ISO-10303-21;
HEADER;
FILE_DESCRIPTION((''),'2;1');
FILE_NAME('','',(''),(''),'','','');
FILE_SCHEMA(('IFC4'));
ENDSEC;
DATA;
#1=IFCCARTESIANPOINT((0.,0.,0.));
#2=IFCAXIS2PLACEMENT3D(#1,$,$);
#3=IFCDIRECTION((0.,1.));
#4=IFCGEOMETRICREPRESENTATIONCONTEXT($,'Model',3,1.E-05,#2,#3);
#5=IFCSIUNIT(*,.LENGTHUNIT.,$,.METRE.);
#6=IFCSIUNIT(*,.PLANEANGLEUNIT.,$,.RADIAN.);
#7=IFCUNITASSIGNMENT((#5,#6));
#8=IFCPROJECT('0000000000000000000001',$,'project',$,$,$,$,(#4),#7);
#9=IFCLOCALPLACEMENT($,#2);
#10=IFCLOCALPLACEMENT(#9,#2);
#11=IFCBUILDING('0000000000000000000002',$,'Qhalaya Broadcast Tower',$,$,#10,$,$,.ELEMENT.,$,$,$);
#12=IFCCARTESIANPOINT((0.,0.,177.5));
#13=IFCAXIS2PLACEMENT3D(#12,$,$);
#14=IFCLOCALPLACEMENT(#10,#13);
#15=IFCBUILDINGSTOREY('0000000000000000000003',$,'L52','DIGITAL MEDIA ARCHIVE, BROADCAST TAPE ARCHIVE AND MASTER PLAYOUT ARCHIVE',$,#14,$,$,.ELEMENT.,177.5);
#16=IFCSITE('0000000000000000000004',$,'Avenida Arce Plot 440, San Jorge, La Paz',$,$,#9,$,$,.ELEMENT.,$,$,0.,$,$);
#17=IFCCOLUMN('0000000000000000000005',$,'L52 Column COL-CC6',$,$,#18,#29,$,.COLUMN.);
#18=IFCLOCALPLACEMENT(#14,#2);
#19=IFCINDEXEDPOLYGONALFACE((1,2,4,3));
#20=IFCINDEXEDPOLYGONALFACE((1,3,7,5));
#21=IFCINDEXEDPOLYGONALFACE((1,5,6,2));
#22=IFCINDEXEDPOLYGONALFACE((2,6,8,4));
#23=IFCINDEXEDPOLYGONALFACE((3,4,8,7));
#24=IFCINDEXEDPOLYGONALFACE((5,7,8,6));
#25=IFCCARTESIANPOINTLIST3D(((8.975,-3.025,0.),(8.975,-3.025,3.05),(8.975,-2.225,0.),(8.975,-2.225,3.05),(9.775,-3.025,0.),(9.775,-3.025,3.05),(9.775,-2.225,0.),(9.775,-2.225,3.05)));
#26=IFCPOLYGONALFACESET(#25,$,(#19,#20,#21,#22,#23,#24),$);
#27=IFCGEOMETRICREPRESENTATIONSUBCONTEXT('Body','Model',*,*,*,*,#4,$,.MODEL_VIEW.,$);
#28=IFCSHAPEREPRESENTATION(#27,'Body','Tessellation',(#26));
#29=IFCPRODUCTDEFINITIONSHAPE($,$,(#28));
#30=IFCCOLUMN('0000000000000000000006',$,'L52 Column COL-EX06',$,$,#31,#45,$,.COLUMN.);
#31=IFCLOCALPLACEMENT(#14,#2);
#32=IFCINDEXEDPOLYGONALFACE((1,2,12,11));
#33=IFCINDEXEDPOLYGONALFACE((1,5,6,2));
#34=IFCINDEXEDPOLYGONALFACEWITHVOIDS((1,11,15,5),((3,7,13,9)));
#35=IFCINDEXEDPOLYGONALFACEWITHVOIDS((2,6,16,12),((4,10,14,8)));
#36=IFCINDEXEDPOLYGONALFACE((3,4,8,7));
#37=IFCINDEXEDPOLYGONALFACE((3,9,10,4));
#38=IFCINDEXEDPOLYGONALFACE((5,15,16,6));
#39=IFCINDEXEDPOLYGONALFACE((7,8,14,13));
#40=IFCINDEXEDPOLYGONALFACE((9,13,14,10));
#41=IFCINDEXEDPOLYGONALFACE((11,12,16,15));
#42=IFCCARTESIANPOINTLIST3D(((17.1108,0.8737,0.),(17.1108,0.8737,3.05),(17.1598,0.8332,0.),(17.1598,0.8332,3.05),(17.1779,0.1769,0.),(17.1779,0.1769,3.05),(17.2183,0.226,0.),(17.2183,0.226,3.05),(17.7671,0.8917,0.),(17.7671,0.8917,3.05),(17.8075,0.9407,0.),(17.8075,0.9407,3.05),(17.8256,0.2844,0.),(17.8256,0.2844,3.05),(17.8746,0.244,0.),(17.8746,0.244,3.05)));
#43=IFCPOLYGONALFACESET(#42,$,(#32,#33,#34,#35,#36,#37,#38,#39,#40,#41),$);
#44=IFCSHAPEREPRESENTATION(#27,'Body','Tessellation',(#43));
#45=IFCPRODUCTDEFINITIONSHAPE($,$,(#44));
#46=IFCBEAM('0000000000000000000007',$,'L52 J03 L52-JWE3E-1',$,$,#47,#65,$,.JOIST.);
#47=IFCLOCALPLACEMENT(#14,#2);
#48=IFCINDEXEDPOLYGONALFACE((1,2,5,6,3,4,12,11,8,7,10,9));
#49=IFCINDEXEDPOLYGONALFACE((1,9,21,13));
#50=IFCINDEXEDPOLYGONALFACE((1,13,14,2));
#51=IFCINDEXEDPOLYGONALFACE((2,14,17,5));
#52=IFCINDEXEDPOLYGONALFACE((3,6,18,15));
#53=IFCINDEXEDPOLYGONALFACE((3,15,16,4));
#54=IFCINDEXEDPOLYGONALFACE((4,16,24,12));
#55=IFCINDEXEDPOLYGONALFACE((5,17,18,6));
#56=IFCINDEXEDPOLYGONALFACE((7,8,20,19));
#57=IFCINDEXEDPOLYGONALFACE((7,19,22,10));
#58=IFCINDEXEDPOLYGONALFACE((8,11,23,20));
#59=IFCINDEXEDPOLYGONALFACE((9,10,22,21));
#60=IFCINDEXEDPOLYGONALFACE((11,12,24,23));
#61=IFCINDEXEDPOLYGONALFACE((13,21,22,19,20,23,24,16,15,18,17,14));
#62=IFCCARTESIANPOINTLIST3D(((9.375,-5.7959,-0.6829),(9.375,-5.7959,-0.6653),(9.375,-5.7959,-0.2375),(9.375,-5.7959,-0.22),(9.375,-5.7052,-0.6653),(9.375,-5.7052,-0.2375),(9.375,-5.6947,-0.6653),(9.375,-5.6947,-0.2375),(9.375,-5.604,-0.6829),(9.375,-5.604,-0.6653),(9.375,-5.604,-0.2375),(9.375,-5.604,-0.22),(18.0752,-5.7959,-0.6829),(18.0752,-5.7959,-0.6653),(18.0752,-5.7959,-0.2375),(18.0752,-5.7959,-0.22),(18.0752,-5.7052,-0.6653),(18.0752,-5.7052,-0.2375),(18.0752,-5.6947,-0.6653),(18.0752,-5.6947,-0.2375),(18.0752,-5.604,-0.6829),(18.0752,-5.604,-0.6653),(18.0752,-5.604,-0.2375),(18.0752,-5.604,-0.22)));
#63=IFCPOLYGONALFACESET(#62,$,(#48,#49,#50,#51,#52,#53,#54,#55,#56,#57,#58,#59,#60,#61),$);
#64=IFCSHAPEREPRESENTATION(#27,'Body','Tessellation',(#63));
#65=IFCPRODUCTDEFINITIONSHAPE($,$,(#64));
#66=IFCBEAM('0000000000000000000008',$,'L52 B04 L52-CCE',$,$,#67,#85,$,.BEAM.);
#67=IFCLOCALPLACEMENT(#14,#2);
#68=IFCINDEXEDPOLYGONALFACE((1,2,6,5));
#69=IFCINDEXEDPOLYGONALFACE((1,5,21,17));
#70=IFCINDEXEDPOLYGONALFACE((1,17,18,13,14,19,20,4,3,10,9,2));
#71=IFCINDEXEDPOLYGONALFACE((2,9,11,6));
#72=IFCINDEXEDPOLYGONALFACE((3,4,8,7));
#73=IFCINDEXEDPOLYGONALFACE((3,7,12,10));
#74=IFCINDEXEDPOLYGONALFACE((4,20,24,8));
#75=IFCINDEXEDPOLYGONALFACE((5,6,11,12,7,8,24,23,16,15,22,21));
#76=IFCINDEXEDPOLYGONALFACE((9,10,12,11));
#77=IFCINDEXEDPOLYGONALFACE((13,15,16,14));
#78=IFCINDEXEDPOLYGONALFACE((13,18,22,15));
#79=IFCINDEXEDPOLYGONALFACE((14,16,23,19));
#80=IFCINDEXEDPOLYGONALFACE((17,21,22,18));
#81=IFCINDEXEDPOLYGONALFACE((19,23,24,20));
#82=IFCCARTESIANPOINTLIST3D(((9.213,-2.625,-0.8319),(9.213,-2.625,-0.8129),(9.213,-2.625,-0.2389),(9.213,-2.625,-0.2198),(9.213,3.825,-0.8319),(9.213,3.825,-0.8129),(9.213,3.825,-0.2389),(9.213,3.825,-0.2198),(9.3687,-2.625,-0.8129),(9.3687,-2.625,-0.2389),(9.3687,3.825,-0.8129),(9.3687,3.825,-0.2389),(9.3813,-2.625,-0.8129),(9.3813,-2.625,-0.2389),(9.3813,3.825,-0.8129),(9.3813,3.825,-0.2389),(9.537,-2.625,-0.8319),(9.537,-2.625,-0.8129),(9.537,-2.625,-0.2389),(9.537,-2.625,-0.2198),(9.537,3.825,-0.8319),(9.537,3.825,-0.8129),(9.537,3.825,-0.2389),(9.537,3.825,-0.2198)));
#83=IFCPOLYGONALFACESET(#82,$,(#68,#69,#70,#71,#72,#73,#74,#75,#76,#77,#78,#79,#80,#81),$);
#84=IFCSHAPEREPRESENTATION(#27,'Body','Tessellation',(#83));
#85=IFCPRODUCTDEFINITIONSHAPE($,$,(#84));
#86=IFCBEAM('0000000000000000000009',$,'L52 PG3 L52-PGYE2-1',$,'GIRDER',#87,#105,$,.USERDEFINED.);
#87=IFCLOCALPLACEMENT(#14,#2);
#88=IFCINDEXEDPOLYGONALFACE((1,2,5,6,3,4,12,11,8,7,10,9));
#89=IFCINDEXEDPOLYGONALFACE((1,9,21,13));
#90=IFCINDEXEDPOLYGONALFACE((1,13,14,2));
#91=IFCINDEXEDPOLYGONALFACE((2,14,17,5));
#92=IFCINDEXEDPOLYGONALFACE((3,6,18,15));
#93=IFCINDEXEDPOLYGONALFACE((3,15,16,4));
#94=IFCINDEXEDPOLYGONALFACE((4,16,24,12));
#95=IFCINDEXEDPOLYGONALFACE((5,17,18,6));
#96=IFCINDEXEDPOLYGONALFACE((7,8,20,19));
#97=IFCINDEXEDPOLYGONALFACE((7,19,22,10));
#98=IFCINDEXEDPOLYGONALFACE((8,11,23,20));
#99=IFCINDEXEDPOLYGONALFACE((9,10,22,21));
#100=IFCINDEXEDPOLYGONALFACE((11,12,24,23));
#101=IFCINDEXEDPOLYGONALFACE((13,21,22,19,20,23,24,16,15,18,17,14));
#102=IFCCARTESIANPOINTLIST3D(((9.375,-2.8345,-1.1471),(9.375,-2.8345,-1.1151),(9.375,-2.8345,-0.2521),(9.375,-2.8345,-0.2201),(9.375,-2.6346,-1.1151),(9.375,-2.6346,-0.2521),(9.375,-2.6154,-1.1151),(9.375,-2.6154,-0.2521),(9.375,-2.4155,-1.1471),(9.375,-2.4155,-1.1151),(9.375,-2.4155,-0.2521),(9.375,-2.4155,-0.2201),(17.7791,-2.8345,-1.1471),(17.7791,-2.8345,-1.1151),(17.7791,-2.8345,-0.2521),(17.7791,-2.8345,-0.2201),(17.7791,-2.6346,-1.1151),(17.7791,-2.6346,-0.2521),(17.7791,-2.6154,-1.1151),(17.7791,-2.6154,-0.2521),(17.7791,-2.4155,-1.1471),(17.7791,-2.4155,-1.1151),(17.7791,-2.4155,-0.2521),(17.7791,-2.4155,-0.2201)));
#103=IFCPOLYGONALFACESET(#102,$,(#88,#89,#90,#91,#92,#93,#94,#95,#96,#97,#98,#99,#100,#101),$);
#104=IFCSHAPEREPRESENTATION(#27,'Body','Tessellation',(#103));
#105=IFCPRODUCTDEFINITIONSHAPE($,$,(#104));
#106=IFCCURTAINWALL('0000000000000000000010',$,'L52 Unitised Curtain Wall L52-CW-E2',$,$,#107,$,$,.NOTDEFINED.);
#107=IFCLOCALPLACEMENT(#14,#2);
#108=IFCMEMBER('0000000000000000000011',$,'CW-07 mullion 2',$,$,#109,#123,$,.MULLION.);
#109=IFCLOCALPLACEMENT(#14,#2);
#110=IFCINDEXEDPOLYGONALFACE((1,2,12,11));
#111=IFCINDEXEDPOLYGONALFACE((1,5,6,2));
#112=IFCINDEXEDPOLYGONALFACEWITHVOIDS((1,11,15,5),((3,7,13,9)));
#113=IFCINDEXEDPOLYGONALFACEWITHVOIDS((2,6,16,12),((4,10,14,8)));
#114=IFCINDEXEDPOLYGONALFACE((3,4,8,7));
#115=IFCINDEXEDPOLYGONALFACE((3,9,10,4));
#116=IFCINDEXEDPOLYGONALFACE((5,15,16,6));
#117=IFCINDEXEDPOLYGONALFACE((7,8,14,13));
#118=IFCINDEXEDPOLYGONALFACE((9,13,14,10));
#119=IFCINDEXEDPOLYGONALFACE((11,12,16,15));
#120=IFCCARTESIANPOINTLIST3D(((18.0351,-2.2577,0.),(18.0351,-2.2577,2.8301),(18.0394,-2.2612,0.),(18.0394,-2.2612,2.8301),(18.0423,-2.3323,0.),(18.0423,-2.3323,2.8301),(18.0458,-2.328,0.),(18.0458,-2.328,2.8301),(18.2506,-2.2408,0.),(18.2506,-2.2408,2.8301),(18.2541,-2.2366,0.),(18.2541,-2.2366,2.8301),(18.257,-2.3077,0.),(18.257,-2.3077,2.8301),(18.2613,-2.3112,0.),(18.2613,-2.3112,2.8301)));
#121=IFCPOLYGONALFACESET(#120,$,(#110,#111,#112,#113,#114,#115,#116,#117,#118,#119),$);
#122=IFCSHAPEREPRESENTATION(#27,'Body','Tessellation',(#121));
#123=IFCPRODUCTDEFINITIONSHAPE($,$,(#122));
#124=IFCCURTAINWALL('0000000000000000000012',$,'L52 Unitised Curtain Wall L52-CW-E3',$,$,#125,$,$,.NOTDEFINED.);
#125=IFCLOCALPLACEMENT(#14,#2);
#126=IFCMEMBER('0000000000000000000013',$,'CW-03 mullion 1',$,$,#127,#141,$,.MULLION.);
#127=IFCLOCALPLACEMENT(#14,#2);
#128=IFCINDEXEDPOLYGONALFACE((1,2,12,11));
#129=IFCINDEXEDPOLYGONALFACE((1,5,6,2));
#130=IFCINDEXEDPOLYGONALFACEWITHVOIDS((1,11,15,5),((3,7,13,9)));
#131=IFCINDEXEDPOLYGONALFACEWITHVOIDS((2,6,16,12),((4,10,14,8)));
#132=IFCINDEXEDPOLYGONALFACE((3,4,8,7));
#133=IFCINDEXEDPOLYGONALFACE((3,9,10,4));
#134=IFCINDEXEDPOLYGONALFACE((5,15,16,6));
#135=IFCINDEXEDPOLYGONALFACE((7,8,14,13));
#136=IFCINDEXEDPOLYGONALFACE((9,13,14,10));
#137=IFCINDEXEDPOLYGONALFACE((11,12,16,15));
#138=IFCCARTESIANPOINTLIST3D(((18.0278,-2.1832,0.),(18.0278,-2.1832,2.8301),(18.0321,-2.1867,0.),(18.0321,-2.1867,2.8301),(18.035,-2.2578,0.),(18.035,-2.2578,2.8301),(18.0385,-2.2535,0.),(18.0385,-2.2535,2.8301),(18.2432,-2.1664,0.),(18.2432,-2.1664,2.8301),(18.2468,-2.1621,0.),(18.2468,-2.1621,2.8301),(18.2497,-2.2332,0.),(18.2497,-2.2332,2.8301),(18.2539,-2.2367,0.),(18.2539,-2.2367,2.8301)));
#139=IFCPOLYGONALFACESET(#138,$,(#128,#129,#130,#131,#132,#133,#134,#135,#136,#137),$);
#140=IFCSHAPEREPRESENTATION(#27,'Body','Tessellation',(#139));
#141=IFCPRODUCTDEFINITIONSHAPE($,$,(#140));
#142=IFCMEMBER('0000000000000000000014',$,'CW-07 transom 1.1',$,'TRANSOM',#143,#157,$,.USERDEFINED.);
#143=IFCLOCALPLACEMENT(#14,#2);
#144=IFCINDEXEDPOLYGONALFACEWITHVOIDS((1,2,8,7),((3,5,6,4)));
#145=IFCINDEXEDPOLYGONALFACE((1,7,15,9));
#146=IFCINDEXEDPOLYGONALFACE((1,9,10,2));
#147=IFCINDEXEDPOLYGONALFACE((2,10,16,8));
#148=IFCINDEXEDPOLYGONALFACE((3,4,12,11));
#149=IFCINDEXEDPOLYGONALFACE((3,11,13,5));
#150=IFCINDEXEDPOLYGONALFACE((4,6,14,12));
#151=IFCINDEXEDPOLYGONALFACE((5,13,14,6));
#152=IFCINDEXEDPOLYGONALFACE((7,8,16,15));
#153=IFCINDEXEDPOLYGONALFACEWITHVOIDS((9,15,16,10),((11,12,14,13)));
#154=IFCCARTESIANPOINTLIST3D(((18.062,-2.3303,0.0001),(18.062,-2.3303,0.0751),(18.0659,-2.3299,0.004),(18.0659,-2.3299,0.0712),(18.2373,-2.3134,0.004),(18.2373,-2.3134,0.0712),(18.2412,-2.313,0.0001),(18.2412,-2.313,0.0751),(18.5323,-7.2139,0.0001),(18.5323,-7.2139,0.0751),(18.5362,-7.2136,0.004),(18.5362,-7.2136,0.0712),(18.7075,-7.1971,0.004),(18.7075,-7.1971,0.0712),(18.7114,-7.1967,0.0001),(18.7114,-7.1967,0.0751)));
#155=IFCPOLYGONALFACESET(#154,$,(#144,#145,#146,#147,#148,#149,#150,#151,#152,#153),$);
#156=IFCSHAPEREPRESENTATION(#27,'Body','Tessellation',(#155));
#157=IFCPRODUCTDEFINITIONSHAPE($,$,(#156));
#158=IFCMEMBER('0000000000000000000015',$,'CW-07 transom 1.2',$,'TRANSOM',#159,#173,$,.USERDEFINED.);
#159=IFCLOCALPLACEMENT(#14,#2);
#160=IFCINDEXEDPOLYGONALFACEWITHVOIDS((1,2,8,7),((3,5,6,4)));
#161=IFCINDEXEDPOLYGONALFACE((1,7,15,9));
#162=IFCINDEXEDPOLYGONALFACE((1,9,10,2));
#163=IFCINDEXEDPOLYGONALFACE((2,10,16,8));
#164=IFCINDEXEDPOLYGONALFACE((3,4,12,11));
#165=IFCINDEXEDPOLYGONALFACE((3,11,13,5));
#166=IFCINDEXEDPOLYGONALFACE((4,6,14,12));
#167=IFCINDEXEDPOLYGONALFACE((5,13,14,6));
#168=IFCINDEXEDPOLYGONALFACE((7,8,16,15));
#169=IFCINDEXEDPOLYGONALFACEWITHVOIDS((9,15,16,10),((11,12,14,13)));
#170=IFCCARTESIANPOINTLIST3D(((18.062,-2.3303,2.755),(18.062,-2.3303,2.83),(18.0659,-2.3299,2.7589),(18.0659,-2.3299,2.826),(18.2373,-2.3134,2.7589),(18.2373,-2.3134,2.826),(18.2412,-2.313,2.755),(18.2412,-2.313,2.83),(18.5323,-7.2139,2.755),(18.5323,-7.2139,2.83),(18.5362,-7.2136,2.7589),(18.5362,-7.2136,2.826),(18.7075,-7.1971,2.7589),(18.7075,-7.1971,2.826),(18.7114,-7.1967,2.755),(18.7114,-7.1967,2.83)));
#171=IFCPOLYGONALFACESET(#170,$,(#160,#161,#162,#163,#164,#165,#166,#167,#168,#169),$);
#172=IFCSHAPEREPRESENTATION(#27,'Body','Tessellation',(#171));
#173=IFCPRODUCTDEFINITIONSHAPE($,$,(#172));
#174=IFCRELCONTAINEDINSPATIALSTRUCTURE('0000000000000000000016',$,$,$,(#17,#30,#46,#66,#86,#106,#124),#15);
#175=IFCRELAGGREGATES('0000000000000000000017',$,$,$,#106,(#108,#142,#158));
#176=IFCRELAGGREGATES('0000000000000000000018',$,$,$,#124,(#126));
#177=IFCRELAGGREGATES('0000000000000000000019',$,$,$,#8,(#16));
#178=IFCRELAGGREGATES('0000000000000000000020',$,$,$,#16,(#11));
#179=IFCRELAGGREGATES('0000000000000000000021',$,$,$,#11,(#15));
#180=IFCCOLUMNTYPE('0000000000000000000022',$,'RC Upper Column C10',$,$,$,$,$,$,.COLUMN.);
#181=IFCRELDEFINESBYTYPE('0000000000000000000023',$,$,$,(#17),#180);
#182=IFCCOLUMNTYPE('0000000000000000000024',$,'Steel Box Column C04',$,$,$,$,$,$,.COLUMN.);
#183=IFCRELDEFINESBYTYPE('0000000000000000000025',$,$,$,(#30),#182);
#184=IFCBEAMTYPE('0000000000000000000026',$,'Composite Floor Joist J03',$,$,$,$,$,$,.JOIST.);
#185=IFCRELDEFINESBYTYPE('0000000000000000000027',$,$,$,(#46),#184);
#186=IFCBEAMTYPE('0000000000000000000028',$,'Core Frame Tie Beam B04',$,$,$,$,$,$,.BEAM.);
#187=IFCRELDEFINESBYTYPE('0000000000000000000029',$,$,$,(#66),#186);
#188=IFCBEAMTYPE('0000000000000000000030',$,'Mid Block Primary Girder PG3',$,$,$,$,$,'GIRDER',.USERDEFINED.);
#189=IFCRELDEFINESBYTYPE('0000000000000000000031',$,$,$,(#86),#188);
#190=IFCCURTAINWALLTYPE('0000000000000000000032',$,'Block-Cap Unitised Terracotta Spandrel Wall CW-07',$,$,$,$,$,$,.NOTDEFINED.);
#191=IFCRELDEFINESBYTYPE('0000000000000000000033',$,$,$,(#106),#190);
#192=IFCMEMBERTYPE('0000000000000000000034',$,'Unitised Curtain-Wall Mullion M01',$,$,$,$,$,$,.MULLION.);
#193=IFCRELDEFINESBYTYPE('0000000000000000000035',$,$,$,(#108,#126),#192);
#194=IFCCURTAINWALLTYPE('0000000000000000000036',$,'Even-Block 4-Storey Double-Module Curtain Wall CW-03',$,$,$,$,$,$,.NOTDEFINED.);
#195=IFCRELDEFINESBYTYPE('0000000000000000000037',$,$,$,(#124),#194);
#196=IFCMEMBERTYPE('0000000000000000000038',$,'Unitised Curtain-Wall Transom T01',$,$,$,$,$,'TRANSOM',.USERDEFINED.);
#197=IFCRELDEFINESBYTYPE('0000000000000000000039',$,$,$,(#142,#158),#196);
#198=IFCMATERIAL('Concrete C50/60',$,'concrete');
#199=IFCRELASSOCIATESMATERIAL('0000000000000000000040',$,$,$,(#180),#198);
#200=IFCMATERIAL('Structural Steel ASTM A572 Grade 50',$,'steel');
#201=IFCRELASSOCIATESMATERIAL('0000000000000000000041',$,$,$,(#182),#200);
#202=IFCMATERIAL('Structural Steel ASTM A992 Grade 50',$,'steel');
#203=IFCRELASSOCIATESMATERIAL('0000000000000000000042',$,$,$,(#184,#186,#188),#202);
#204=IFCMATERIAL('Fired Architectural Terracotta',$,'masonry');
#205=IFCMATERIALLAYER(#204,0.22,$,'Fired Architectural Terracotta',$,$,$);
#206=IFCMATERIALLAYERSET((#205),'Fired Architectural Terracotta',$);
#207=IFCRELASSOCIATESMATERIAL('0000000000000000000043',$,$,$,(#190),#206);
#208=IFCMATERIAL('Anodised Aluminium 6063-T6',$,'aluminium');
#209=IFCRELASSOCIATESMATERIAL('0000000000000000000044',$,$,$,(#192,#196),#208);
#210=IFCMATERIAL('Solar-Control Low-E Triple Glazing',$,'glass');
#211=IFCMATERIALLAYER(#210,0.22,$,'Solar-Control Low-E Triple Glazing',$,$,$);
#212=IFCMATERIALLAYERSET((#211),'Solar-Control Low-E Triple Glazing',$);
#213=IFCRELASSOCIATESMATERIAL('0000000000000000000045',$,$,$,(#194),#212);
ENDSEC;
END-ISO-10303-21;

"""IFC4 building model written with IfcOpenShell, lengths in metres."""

from ifc_helpers import new_model, si_unit, direction, frame, origin, origin_2d, place, context, subcontext, project, spatial, rectangle, hollow_rectangle, i_section, extrude, material, layer, layer_set, material_profile, profile_set, type_object, element, aggregate, save


model = new_model("IFC4")

# Units and contexts
model_context = context("Model", 3, precision=1e-05, world=origin(), true_north=direction((0.0, 1.0)))
body_context = subcontext(model_context, "Body", "Model", "MODEL_VIEW")
ifc_project = project(units=[si_unit("LENGTHUNIT", "METRE"), si_unit("PLANEANGLEUNIT", "RADIAN")], contexts=[model_context])

# Site, building, storey
site_placement = place(None, origin())
site = spatial("IfcSite", under=ifc_project, at=site_placement, Name="Avenida Arce Plot 440, San Jorge, La Paz", CompositionType="ELEMENT", RefElevation=0.0)
building_placement = place(site_placement, origin())
building = spatial("IfcBuilding", under=site, at=building_placement, Name="Qhalaya Broadcast Tower", CompositionType="ELEMENT")
storey_placement = place(building_placement, frame((0.0, 0.0, 177.5)))
storey = spatial("IfcBuildingStorey", under=building, at=storey_placement, Name="L52", Description="DIGITAL MEDIA ARCHIVE, BROADCAST TAPE ARCHIVE AND MASTER PLAYOUT ARCHIVE", CompositionType="ELEMENT", Elevation=177.5)

# Columns
ifc_material_1 = material(Name="Concrete C50/60", Category="concrete")
ifc_material_profile_1 = material_profile(ifc_material_1, rectangle(XDim=0.8, YDim=0.8, at=origin_2d()), Name="RC-COL 800x800")
ifc_profile_set_1 = profile_set([ifc_material_profile_1], Name="Concrete C50/60")
column_type_1 = type_object("IfcColumnType", Name="RC Upper Column C10", PredefinedType="COLUMN", material=ifc_profile_set_1)
column_1_placement = place(storey_placement, frame((9.375, -2.625, 0.0), z_axis=(0.0, 0.0, 1.0), x_axis=(1.0, 0.0, 0.0)))
element("IfcColumn", 1, at=column_1_placement, inside=storey, type_object=column_type_1, Name="L52 Column COL-CC6", PredefinedType="COLUMN", context=body_context, shape_type="SweptSolid", body=[
    extrude(rectangle(XDim=0.8, YDim=0.8, at=origin_2d()), origin(), (0.0, 0.0, 1.0), 3.05),
])
ifc_material_2 = material(Name="Structural Steel ASTM A572 Grade 50", Category="steel")
ifc_material_profile_2 = material_profile(ifc_material_2, hollow_rectangle(XDim=0.7, YDim=0.7, WallThickness=0.0449, at=origin_2d()), Name="BOX 700x700x45")
ifc_profile_set_2 = profile_set([ifc_material_profile_2], Name="Structural Steel ASTM A572 Grade 50")
column_type_2 = type_object("IfcColumnType", Name="Steel Box Column C04", PredefinedType="COLUMN", material=ifc_profile_set_2)
column_2_placement = place(storey_placement, frame((17.4927, 0.5588, 0.0), z_axis=(0.0, 0.0, 1.0), x_axis=(-0.095846, 0.995396, 0.0)))
element("IfcColumn", 2, at=column_2_placement, inside=storey, type_object=column_type_2, Name="L52 Column COL-EX06", PredefinedType="COLUMN", context=body_context, shape_type="SweptSolid", body=[
    extrude(hollow_rectangle(XDim=0.7, YDim=0.7, WallThickness=0.0449, at=origin_2d()), origin(), (0.0, 0.0, 1.0), 3.05),
])

# Beams
ifc_material_3 = material(Name="Structural Steel ASTM A992 Grade 50", Category="steel")
ifc_material_profile_3 = material_profile(ifc_material_3, i_section(OverallWidth=0.1919, OverallDepth=0.4629, WebThickness=0.0105, FlangeThickness=0.0176, at=origin_2d()), Name="W18X60")
ifc_profile_set_3 = profile_set([ifc_material_profile_3], Name="Structural Steel ASTM A992 Grade 50")
beam_type_1 = type_object("IfcBeamType", Name="Composite Floor Joist J03", PredefinedType="JOIST", material=ifc_profile_set_3)
beam_1_placement = place(storey_placement, frame((9.375, -5.7, -0.4514), z_axis=(1.0, 0.0, 0.0), x_axis=(0.0, 1.0, 0.0)))
element("IfcBeam", 3, at=beam_1_placement, inside=storey, type_object=beam_type_1, Name="L52 J03 L52-JWE3E-1", PredefinedType="JOIST", context=body_context, shape_type="SweptSolid", body=[
    extrude(i_section(OverallWidth=0.1919, OverallDepth=0.4629, WebThickness=0.0105, FlangeThickness=0.0176, at=origin_2d()), origin(), (0.0, 0.0, 1.0), 8.7002),
])
ifc_material_profile_4 = material_profile(ifc_material_3, i_section(OverallWidth=0.324, OverallDepth=0.6121, WebThickness=0.0127, FlangeThickness=0.019, at=origin_2d()), Name="W24X104")
ifc_profile_set_4 = profile_set([ifc_material_profile_4], Name="Structural Steel ASTM A992 Grade 50")
beam_type_2 = type_object("IfcBeamType", Name="Core Frame Tie Beam B04", PredefinedType="BEAM", material=ifc_profile_set_4)
beam_2_placement = place(storey_placement, frame((9.375, -2.625, -0.5259), z_axis=(0.0, 1.0, 0.0), x_axis=(-1.0, 0.0, 0.0)))
element("IfcBeam", 4, at=beam_2_placement, inside=storey, type_object=beam_type_2, Name="L52 B04 L52-CCE", PredefinedType="BEAM", context=body_context, shape_type="SweptSolid", body=[
    extrude(i_section(OverallWidth=0.324, OverallDepth=0.6121, WebThickness=0.0127, FlangeThickness=0.019, at=origin_2d()), origin(), (0.0, 0.0, 1.0), 6.45),
])
ifc_material_profile_5 = material_profile(ifc_material_3, i_section(OverallWidth=0.4189, OverallDepth=0.927, WebThickness=0.0193, FlangeThickness=0.032, at=origin_2d()), Name="W36X231")
ifc_profile_set_5 = profile_set([ifc_material_profile_5], Name="Structural Steel ASTM A992 Grade 50")
beam_type_3 = type_object("IfcBeamType", Name="Mid Block Primary Girder PG3", ElementType="GIRDER", PredefinedType="USERDEFINED", material=ifc_profile_set_5)
beam_3_placement = place(storey_placement, frame((9.375, -2.625, -0.6836), z_axis=(1.0, 0.0, 0.0), x_axis=(0.0, 1.0, 0.0)))
element("IfcBeam", 5, at=beam_3_placement, inside=storey, type_object=beam_type_3, Name="L52 PG3 L52-PGYE2-1", ObjectType="GIRDER", PredefinedType="USERDEFINED", context=body_context, shape_type="SweptSolid", body=[
    extrude(i_section(OverallWidth=0.4189, OverallDepth=0.927, WebThickness=0.0193, FlangeThickness=0.032, at=origin_2d()), origin(), (0.0, 0.0, 1.0), 8.4041),
])

# Curtain walls, members
ifc_material_4 = material(Name="Fired Architectural Terracotta", Category="masonry")
ifc_layer_1 = layer(ifc_material_4, 0.22, Name="Fired Architectural Terracotta")
ifc_layer_set_1 = layer_set([ifc_layer_1], Name="Fired Architectural Terracotta")
curtain_wall_type_1 = type_object("IfcCurtainWallType", Name="Block-Cap Unitised Terracotta Spandrel Wall CW-07", PredefinedType="NOTDEFINED", material=ifc_layer_set_1)
curtain_wall_1_placement = place(storey_placement, origin())
curtain_wall_1 = element("IfcCurtainWall", 6, at=curtain_wall_1_placement, inside=storey, type_object=curtain_wall_type_1, Name="L52 Unitised Curtain Wall L52-CW-E2", PredefinedType="NOTDEFINED")
ifc_material_5 = material(Name="Anodised Aluminium 6063-T6", Category="aluminium")
ifc_material_profile_6 = material_profile(ifc_material_5, hollow_rectangle(XDim=0.075, YDim=0.22, WallThickness=0.0039, at=origin_2d()), Name="ALU-MUL 75x220x4")
ifc_profile_set_6 = profile_set([ifc_material_profile_6], Name="Anodised Aluminium 6063-T6")
member_type_1 = type_object("IfcMemberType", Name="Unitised Curtain-Wall Mullion M01", PredefinedType="MULLION", material=ifc_profile_set_6)
member_1_placement = place(storey_placement, frame((18.1482, -2.2844, 0.0), z_axis=(0.0, 0.0, 1.0), x_axis=(-0.095845, 0.995396, 0.0)))
member_1 = element("IfcMember", 7, at=member_1_placement, type_object=member_type_1, Name="CW-07 mullion 2", PredefinedType="MULLION", context=body_context, shape_type="SweptSolid", body=[
    extrude(hollow_rectangle(XDim=0.075, YDim=0.22, WallThickness=0.0039, at=origin_2d()), origin(), (0.0, 0.0, 1.0), 2.8301),
])
ifc_material_6 = material(Name="Solar-Control Low-E Triple Glazing", Category="glass")
ifc_layer_2 = layer(ifc_material_6, 0.22, Name="Solar-Control Low-E Triple Glazing")
ifc_layer_set_2 = layer_set([ifc_layer_2], Name="Solar-Control Low-E Triple Glazing")
curtain_wall_type_2 = type_object("IfcCurtainWallType", Name="Even-Block 4-Storey Double-Module Curtain Wall CW-03", PredefinedType="NOTDEFINED", material=ifc_layer_set_2)
curtain_wall_2_placement = place(storey_placement, origin())
curtain_wall_2 = element("IfcCurtainWall", 8, at=curtain_wall_2_placement, inside=storey, type_object=curtain_wall_type_2, Name="L52 Unitised Curtain Wall L52-CW-E3", PredefinedType="NOTDEFINED")
member_2_placement = place(storey_placement, frame((18.1409, -2.21, 0.0), z_axis=(0.0, 0.0, 1.0), x_axis=(-0.09584, 0.995397, 0.0)))
member_2 = element("IfcMember", 9, at=member_2_placement, type_object=member_type_1, Name="CW-03 mullion 1", PredefinedType="MULLION", context=body_context, shape_type="SweptSolid", body=[
    extrude(hollow_rectangle(XDim=0.075, YDim=0.22, WallThickness=0.0039, at=origin_2d()), origin(), (0.0, 0.0, 1.0), 2.8301),
])

# Members
ifc_material_profile_7 = material_profile(ifc_material_5, hollow_rectangle(XDim=0.075, YDim=0.1799, WallThickness=0.0039, at=origin_2d()), Name="ALU-TRN 75x180x4")
ifc_profile_set_7 = profile_set([ifc_material_profile_7], Name="Anodised Aluminium 6063-T6")
member_type_2 = type_object("IfcMemberType", Name="Unitised Curtain-Wall Transom T01", ElementType="TRANSOM", PredefinedType="USERDEFINED", material=ifc_profile_set_7)
member_3_placement = place(storey_placement, frame((18.6218, -7.2053, 0.0376), z_axis=(-0.095842, 0.995397, 0.0), x_axis=(0.0, 0.0, 1.0)))
member_3 = element("IfcMember", 10, at=member_3_placement, type_object=member_type_2, Name="CW-07 transom 1.1", ObjectType="TRANSOM", PredefinedType="USERDEFINED", context=body_context, shape_type="SweptSolid", body=[
    extrude(hollow_rectangle(XDim=0.075, YDim=0.1799, WallThickness=0.0039, at=origin_2d()), origin(), (0.0, 0.0, 1.0), 4.9062),
])
member_4_placement = place(storey_placement, frame((18.6218, -7.2053, 2.7925), z_axis=(-0.095842, 0.995397, 0.0), x_axis=(0.0, 0.0, 1.0)))
member_4 = element("IfcMember", 11, at=member_4_placement, type_object=member_type_2, Name="CW-07 transom 1.2", ObjectType="TRANSOM", PredefinedType="USERDEFINED", context=body_context, shape_type="SweptSolid", body=[
    extrude(hollow_rectangle(XDim=0.075, YDim=0.1799, WallThickness=0.0039, at=origin_2d()), origin(), (0.0, 0.0, 1.0), 4.9062),
])

aggregate(curtain_wall_1, [member_1, member_3, member_4])
aggregate(curtain_wall_2, [member_2])

save(model, "model.ifc")
